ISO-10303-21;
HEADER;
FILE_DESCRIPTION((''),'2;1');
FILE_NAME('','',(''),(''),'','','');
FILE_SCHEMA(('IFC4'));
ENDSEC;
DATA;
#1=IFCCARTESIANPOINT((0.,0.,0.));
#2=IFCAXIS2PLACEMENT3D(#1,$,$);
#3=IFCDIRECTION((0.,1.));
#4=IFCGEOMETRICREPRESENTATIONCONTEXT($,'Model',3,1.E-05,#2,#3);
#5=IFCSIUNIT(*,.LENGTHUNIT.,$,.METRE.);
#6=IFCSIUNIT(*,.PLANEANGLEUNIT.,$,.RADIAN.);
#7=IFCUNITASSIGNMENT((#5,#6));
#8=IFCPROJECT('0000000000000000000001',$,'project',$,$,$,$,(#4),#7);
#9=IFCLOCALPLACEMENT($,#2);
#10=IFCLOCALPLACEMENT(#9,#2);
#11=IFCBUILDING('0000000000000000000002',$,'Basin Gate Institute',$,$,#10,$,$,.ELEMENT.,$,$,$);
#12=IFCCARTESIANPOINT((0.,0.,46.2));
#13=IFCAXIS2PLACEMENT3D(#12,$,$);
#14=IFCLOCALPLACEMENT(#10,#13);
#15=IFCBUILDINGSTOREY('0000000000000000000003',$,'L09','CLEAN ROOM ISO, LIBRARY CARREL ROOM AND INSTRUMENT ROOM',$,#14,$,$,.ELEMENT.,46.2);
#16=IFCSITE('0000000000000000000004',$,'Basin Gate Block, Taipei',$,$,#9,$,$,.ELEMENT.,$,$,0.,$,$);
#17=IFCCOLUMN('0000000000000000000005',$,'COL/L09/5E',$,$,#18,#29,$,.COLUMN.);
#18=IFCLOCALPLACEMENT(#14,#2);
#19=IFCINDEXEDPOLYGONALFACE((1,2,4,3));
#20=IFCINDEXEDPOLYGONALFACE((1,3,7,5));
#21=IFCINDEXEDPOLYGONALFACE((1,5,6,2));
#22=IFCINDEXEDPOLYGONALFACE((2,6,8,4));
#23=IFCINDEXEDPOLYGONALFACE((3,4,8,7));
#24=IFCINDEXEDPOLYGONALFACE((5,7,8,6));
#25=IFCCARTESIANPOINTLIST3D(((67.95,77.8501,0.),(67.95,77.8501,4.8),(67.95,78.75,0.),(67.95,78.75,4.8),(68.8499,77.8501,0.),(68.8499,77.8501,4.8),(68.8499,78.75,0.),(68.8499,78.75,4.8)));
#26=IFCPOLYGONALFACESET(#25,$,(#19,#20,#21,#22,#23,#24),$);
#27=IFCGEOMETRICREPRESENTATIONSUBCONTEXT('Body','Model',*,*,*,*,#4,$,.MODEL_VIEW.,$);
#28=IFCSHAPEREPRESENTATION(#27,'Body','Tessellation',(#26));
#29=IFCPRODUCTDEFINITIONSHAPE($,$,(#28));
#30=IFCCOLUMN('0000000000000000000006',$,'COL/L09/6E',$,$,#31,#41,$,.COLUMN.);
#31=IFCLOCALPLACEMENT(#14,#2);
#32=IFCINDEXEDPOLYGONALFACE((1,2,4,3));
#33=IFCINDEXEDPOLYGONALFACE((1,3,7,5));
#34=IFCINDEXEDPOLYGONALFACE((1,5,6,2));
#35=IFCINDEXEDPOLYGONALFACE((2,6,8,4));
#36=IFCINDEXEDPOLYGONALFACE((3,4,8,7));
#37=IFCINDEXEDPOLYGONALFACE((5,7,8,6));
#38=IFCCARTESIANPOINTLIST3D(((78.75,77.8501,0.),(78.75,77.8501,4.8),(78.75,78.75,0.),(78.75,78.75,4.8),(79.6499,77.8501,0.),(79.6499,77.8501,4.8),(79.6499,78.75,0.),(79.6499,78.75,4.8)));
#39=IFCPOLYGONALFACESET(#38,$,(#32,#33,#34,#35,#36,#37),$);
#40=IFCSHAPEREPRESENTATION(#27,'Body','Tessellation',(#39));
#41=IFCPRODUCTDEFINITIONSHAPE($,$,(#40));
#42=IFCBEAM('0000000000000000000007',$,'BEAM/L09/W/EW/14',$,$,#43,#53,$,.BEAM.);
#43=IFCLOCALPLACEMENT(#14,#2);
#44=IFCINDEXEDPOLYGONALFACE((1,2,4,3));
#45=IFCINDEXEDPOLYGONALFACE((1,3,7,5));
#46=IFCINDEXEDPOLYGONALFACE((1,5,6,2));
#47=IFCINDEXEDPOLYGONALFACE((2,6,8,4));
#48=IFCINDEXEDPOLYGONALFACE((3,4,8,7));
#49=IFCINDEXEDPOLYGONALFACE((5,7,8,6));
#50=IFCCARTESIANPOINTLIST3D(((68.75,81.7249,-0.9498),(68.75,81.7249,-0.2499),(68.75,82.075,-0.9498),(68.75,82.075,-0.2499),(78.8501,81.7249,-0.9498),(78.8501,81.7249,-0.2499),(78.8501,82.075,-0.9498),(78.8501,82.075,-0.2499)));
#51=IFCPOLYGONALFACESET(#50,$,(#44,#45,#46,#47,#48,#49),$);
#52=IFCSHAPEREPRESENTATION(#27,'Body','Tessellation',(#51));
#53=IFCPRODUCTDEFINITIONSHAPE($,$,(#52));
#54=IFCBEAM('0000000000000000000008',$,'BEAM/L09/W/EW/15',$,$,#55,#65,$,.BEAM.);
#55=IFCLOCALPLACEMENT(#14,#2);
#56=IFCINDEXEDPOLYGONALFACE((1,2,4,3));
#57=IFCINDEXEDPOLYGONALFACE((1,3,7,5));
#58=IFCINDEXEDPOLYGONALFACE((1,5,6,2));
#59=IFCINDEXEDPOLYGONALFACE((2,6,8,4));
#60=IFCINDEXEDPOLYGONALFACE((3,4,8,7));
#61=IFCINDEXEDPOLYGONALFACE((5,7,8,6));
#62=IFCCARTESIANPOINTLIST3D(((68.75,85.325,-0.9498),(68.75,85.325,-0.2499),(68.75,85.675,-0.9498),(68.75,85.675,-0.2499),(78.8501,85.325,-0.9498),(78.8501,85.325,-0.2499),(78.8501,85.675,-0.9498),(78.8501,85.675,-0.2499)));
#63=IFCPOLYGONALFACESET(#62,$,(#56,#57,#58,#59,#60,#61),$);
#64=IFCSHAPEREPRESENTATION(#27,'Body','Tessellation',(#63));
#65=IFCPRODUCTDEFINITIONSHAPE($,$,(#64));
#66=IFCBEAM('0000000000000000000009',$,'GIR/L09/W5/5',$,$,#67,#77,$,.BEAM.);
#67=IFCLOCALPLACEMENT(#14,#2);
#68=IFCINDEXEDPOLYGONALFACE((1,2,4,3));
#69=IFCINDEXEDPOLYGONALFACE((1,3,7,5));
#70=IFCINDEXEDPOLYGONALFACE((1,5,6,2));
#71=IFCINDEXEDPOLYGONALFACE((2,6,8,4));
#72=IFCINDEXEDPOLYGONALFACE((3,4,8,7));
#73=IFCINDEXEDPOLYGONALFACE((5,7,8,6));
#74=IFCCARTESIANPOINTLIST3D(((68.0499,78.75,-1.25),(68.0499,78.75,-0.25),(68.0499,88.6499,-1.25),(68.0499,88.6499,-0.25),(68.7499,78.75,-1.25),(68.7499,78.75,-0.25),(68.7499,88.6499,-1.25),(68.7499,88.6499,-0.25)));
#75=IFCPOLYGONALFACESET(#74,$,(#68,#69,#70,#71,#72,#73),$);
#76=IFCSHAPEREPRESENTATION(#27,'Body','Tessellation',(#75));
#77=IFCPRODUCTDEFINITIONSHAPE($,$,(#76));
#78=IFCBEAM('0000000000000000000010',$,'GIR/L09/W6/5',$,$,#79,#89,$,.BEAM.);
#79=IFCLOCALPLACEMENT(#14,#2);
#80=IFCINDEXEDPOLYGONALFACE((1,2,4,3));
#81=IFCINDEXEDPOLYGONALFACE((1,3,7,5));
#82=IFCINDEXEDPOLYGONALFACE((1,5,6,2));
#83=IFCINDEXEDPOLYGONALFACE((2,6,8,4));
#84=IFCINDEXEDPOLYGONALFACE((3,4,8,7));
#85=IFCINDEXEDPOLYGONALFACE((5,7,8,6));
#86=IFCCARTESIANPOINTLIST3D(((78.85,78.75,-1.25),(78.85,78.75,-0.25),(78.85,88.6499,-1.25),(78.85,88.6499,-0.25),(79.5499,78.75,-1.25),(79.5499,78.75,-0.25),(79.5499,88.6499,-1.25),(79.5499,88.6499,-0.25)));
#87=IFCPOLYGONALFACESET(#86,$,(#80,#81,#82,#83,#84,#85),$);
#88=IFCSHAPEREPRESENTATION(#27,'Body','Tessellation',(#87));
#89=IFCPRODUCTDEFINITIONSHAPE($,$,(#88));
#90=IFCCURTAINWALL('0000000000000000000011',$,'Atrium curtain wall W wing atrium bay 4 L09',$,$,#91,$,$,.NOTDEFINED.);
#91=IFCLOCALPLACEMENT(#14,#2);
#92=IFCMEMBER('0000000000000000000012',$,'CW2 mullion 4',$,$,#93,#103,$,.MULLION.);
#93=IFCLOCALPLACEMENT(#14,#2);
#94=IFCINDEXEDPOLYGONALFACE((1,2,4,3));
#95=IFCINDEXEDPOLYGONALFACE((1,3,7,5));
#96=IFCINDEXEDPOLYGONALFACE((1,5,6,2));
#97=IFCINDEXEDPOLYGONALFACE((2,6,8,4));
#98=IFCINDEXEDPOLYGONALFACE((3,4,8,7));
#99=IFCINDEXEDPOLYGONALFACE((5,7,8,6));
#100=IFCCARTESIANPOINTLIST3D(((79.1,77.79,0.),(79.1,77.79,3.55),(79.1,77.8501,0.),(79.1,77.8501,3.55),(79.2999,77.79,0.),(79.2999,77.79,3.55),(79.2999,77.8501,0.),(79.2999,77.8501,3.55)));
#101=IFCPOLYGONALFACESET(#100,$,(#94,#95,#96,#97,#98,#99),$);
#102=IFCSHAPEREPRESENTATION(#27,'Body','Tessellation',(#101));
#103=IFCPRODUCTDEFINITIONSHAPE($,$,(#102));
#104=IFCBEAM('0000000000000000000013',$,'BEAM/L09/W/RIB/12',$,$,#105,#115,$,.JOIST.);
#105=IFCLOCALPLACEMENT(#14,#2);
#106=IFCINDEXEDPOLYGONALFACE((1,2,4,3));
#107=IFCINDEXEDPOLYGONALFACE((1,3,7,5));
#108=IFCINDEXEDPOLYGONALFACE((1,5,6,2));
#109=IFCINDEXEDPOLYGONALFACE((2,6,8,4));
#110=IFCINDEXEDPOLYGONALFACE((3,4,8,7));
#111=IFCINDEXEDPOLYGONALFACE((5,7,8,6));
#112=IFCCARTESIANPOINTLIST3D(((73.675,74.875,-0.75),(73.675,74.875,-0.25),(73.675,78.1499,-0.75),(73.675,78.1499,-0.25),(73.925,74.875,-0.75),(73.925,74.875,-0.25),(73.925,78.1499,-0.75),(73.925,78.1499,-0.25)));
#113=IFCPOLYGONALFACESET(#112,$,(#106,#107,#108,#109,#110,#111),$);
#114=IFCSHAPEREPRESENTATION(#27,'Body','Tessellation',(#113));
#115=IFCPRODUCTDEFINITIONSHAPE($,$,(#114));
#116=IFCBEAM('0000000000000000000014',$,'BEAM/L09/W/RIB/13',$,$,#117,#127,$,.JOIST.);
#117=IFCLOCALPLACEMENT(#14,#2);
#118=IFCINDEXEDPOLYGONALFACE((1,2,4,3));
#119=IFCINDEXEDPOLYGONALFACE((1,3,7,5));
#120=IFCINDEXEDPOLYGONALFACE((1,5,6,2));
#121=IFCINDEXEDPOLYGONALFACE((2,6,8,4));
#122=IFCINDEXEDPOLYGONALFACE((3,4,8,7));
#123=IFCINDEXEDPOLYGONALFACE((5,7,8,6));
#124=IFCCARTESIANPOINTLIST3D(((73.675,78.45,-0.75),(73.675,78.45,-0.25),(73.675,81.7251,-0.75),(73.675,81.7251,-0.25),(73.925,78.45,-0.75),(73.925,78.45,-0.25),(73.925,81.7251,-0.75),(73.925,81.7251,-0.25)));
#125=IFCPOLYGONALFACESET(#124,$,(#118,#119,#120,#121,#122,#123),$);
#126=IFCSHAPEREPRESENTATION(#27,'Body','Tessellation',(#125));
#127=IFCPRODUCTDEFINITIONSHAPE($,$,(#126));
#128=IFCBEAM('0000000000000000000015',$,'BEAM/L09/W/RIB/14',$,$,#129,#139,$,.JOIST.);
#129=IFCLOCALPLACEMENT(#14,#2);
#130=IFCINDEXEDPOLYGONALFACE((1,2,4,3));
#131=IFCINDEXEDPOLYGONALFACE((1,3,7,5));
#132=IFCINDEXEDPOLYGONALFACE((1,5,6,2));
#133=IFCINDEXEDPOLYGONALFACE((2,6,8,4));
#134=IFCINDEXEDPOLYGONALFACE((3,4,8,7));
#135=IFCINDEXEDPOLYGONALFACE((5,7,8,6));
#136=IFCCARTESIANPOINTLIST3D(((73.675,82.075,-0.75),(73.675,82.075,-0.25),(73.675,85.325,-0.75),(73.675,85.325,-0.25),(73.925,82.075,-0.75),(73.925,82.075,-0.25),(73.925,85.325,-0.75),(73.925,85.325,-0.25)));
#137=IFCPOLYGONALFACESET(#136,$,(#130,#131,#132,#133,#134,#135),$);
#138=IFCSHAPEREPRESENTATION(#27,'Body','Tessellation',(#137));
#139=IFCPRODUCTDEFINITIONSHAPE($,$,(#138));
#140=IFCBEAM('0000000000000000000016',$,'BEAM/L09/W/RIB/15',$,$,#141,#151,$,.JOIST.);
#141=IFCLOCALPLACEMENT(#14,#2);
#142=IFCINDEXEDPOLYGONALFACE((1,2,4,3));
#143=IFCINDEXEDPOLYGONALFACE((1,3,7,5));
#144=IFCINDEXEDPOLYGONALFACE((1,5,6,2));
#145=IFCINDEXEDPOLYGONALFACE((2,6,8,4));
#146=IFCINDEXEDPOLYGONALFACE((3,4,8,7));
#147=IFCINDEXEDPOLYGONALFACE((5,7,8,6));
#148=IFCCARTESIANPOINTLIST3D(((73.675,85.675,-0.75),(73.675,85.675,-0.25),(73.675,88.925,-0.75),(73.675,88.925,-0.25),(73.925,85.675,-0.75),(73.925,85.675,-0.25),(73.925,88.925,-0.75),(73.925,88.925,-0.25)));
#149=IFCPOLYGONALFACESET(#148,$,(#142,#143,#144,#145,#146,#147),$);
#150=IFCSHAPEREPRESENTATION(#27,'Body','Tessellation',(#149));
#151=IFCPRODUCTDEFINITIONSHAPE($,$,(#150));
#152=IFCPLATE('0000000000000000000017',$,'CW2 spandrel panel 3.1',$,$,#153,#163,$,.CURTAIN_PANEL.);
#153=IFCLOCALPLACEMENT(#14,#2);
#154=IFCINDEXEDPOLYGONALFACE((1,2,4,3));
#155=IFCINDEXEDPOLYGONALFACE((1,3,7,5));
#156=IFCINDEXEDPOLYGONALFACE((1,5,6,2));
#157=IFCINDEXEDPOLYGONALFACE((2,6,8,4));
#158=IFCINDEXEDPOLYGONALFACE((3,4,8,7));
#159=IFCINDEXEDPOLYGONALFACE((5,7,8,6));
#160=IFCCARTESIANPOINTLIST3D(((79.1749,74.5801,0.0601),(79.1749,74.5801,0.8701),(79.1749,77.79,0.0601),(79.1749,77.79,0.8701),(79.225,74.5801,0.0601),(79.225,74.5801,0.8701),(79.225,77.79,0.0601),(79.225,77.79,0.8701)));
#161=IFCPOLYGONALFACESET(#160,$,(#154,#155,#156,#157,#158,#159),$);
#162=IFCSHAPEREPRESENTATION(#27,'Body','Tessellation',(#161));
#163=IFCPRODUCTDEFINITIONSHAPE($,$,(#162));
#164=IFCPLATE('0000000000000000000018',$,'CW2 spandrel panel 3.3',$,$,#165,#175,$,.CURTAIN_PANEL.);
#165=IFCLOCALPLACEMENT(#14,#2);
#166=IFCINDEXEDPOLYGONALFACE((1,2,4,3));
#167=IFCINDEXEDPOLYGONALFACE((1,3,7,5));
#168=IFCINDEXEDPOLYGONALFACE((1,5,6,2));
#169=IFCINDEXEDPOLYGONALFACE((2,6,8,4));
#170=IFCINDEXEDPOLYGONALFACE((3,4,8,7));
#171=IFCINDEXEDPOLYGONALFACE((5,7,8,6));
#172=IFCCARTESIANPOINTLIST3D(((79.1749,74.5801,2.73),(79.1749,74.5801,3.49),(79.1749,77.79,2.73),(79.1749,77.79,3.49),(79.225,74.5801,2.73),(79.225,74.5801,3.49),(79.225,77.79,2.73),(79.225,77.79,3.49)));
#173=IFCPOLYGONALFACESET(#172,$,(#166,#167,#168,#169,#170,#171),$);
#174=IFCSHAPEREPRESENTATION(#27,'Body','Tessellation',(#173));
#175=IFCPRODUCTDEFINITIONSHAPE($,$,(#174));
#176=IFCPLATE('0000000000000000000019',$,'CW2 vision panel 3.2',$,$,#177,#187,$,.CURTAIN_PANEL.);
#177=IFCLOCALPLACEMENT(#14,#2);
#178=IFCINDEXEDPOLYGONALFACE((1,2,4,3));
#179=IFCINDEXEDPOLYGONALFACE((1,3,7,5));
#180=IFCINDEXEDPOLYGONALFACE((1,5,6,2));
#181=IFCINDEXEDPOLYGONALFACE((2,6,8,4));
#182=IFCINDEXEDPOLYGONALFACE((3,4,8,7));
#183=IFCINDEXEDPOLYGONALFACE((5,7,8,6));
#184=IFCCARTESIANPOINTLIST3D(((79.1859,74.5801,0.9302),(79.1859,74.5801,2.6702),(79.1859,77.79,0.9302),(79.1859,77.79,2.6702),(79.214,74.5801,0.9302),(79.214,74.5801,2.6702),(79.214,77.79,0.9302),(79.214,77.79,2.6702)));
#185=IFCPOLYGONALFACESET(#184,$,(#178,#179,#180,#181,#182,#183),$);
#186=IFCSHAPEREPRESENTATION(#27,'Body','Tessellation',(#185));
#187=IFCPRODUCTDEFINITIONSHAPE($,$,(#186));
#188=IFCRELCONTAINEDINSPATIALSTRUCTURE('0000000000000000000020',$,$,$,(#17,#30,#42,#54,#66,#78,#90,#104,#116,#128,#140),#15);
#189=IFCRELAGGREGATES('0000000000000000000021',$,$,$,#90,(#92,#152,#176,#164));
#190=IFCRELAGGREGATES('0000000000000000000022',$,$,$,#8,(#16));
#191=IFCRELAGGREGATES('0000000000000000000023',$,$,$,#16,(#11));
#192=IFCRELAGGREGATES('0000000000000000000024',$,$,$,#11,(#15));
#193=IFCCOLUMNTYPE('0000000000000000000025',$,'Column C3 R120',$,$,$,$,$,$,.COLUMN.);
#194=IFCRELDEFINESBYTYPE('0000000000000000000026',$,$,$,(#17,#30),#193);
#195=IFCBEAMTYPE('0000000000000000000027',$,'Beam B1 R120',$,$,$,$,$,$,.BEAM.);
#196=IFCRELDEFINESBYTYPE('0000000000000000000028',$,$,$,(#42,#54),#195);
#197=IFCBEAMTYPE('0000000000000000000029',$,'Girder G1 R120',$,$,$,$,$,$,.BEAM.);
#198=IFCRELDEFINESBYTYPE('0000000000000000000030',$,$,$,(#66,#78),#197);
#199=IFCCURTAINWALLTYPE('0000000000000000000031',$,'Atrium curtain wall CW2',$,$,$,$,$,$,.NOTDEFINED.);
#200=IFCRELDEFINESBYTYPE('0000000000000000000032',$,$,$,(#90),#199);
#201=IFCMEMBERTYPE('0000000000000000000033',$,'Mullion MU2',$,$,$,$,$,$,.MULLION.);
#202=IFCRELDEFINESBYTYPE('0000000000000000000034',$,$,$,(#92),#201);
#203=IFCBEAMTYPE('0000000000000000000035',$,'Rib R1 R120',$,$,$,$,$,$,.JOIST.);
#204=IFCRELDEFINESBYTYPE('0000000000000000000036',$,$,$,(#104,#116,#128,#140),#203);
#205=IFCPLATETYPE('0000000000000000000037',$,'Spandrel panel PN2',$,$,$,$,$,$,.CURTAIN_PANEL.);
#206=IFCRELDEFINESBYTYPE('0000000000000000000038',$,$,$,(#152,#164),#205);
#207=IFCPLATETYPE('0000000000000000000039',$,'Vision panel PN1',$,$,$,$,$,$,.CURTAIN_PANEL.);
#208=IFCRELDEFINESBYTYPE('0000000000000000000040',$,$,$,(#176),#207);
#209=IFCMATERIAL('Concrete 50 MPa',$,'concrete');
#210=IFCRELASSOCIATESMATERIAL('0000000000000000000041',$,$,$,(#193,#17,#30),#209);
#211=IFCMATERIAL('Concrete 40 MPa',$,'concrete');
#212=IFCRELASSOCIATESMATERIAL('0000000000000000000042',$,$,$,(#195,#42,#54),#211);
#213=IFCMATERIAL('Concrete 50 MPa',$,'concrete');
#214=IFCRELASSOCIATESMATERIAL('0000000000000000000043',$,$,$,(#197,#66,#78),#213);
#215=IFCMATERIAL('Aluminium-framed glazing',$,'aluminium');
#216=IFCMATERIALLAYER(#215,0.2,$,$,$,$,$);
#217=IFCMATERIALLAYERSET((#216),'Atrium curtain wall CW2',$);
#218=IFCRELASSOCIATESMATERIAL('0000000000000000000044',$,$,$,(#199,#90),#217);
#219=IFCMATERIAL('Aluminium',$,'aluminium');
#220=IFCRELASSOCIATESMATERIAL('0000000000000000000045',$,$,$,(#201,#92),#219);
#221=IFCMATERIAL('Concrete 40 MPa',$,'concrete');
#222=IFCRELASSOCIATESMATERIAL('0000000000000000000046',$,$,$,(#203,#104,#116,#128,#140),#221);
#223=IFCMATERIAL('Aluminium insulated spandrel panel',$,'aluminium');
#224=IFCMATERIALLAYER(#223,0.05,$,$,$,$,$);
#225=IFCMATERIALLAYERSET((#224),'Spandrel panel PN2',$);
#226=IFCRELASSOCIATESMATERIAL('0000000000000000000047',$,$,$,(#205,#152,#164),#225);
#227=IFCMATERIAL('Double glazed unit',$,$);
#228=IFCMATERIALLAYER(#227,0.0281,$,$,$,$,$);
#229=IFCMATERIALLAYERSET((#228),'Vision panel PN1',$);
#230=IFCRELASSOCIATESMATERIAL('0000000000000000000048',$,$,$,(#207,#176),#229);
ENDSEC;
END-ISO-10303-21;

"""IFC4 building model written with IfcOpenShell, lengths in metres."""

from ifc_helpers import new_model, si_unit, direction, frame, origin, origin_2d, place, context, subcontext, project, spatial, rectangle, extrude, material, layer, layer_set, material_profile, profile_set, type_object, element, aggregate, save


model = new_model("IFC4")

# Units and contexts
model_context = context("Model", 3, precision=1e-05, world=origin(), true_north=direction((0.0, 1.0)))
body_context = subcontext(model_context, "Body", "Model", "MODEL_VIEW")
ifc_project = project(units=[si_unit("LENGTHUNIT", "METRE"), si_unit("PLANEANGLEUNIT", "RADIAN")], contexts=[model_context])

# Site, building, storey
site_placement = place(None, origin())
site = spatial("IfcSite", under=ifc_project, at=site_placement, Name="Basin Gate Block, Taipei", CompositionType="ELEMENT", RefElevation=0.0)
building_placement = place(site_placement, origin())
building = spatial("IfcBuilding", under=site, at=building_placement, Name="Basin Gate Institute", CompositionType="ELEMENT")
storey_placement = place(building_placement, frame((0.0, 0.0, 46.2)))
storey = spatial("IfcBuildingStorey", under=building, at=storey_placement, Name="L09", Description="CLEAN ROOM ISO, LIBRARY CARREL ROOM AND INSTRUMENT ROOM", CompositionType="ELEMENT", Elevation=46.2)

# Columns
ifc_material_1 = material(Name="Concrete 50 MPa", Category="concrete")
ifc_material_profile_1 = material_profile(ifc_material_1, rectangle(XDim=0.8999, YDim=0.8999, at=origin_2d()), Name="Column C3 900 x 900")
ifc_profile_set_1 = profile_set([ifc_material_profile_1], Name="Concrete 50 MPa")
column_type = type_object("IfcColumnType", Name="Column C3 R120", PredefinedType="COLUMN", material=ifc_profile_set_1)
for number, where, z_axis, x_axis, name in (
    (1, (68.3999, 78.3, 0.0), (0.0, 0.0, 1.0), (1.0, 0.0, 0.0), "COL/L09/5E"),
    (2, (79.2, 78.3, 0.0), (0.0, 0.0, 1.0), (1.0, 0.0, 0.0), "COL/L09/6E"),
):
    element("IfcColumn", number, at=place(storey_placement, frame(where, z_axis=z_axis, x_axis=x_axis)), inside=storey, type_object=column_type, material=ifc_profile_set_1, Name=name, PredefinedType="COLUMN", context=body_context, shape_type="SweptSolid", body=[
        extrude(rectangle(XDim=0.8999, YDim=0.8999, at=origin_2d()), origin(), (0.0, 0.0, 1.0), 4.8),
    ])

# Beams
ifc_material_2 = material(Name="Concrete 40 MPa", Category="concrete")
ifc_material_profile_2 = material_profile(ifc_material_2, rectangle(XDim=0.3501, YDim=0.7, at=origin_2d()), Name="Beam B1 350 x 700")
ifc_profile_set_2 = profile_set([ifc_material_profile_2], Name="Concrete 40 MPa")
beam_type_1 = type_object("IfcBeamType", Name="Beam B1 R120", PredefinedType="BEAM", material=ifc_profile_set_2)
for number, where, z_axis, x_axis, name in (
    (3, (68.75, 81.8999, -0.5999), (1.0, 0.0, 0.0), (0.0, 1.0, 0.0), "BEAM/L09/W/EW/14"),
    (4, (68.75, 85.5, -0.5999), (1.0, 0.0, 0.0), (0.0, 1.0, 0.0), "BEAM/L09/W/EW/15"),
):
    element("IfcBeam", number, at=place(storey_placement, frame(where, z_axis=z_axis, x_axis=x_axis)), inside=storey, type_object=beam_type_1, material=ifc_profile_set_2, Name=name, PredefinedType="BEAM", context=body_context, shape_type="SweptSolid", body=[
        extrude(rectangle(XDim=0.3501, YDim=0.7, at=origin_2d()), origin(), (0.0, 0.0, 1.0), 10.1001),
    ])
ifc_material_3 = material(Name="Concrete 50 MPa", Category="concrete")
ifc_material_profile_3 = material_profile(ifc_material_3, rectangle(XDim=0.7, YDim=1.0, at=origin_2d()), Name="Girder G1 700 x 1000")
ifc_profile_set_3 = profile_set([ifc_material_profile_3], Name="Concrete 50 MPa")
beam_type_2 = type_object("IfcBeamType", Name="Girder G1 R120", PredefinedType="BEAM", material=ifc_profile_set_3)
for number, where, z_axis, x_axis, name in (
    (5, (68.3999, 78.75, -0.75), (0.0, 1.0, 0.0), (-1.0, 0.0, 0.0), "GIR/L09/W5/5"),
    (6, (79.2, 78.75, -0.75), (0.0, 1.0, 0.0), (-1.0, 0.0, 0.0), "GIR/L09/W6/5"),
):
    element("IfcBeam", number, at=place(storey_placement, frame(where, z_axis=z_axis, x_axis=x_axis)), inside=storey, type_object=beam_type_2, material=ifc_profile_set_3, Name=name, PredefinedType="BEAM", context=body_context, shape_type="SweptSolid", body=[
        extrude(rectangle(XDim=0.7, YDim=1.0, at=origin_2d()), origin(), (0.0, 0.0, 1.0), 9.8999),
    ])

# Curtain wall, member
ifc_material_4 = material(Name="Aluminium-framed glazing", Category="aluminium")
ifc_layer_1 = layer(ifc_material_4, 0.2)
ifc_layer_set_1 = layer_set([ifc_layer_1], Name="Atrium curtain wall CW2")
curtain_wall_type = type_object("IfcCurtainWallType", Name="Atrium curtain wall CW2", PredefinedType="NOTDEFINED", material=ifc_layer_set_1)
curtain_wall_placement = place(storey_placement, origin())
curtain_wall = element("IfcCurtainWall", 7, at=curtain_wall_placement, inside=storey, type_object=curtain_wall_type, material=ifc_layer_set_1, Name="Atrium curtain wall W wing atrium bay 4 L09", PredefinedType="NOTDEFINED")
ifc_material_5 = material(Name="Aluminium", Category="aluminium")
ifc_material_profile_4 = material_profile(ifc_material_5, rectangle(XDim=0.2, YDim=0.0601, at=origin_2d()), Name="Mullion MU2 200 x 60")
ifc_profile_set_4 = profile_set([ifc_material_profile_4], Name="Aluminium")
member_type = type_object("IfcMemberType", Name="Mullion MU2", PredefinedType="MULLION", material=ifc_profile_set_4)
member_placement = place(storey_placement, frame((79.2, 77.8201, 0.0), z_axis=(0.0, 0.0, 1.0), x_axis=(-1.0, 0.0, 0.0)))
member = element("IfcMember", 8, at=member_placement, type_object=member_type, material=ifc_profile_set_4, Name="CW2 mullion 4", PredefinedType="MULLION", context=body_context, shape_type="SweptSolid", body=[
    extrude(rectangle(XDim=0.2, YDim=0.0601, at=origin_2d()), origin(), (0.0, 0.0, 1.0), 3.55),
])

# Beams
ifc_material_6 = material(Name="Concrete 40 MPa", Category="concrete")
ifc_material_profile_5 = material_profile(ifc_material_6, rectangle(XDim=0.25, YDim=0.5, at=origin_2d()), Name="Rib R1 250 x 500")
ifc_profile_set_5 = profile_set([ifc_material_profile_5], Name="Concrete 40 MPa")
beam_type_3 = type_object("IfcBeamType", Name="Rib R1 R120", PredefinedType="JOIST", material=ifc_profile_set_5)
beam_1_placement = place(storey_placement, frame((73.8, 74.875, -0.5), z_axis=(0.0, 1.0, 0.0), x_axis=(-1.0, 0.0, 0.0)))
element("IfcBeam", 9, at=beam_1_placement, inside=storey, type_object=beam_type_3, material=ifc_profile_set_5, Name="BEAM/L09/W/RIB/12", PredefinedType="JOIST", context=body_context, shape_type="SweptSolid", body=[
    extrude(rectangle(XDim=0.25, YDim=0.5, at=origin_2d()), origin(), (0.0, 0.0, 1.0), 3.2749),
])
beam_2_placement = place(storey_placement, frame((73.8, 78.45, -0.5), z_axis=(0.0, 1.0, 0.0), x_axis=(-1.0, 0.0, 0.0)))
element("IfcBeam", 10, at=beam_2_placement, inside=storey, type_object=beam_type_3, material=ifc_profile_set_5, Name="BEAM/L09/W/RIB/13", PredefinedType="JOIST", context=body_context, shape_type="SweptSolid", body=[
    extrude(rectangle(XDim=0.25, YDim=0.5, at=origin_2d()), origin(), (0.0, 0.0, 1.0), 3.2751),
])
for number, where, z_axis, x_axis, name in (
    (11, (73.8, 82.075, -0.5), (0.0, 1.0, 0.0), (-1.0, 0.0, 0.0), "BEAM/L09/W/RIB/14"),
    (12, (73.8, 85.675, -0.5), (0.0, 1.0, 0.0), (-1.0, 0.0, 0.0), "BEAM/L09/W/RIB/15"),
):
    element("IfcBeam", number, at=place(storey_placement, frame(where, z_axis=z_axis, x_axis=x_axis)), inside=storey, type_object=beam_type_3, material=ifc_profile_set_5, Name=name, PredefinedType="JOIST", context=body_context, shape_type="SweptSolid", body=[
        extrude(rectangle(XDim=0.25, YDim=0.5, at=origin_2d()), origin(), (0.0, 0.0, 1.0), 3.25),
    ])

# Plates
ifc_material_7 = material(Name="Aluminium insulated spandrel panel", Category="aluminium")
ifc_layer_2 = layer(ifc_material_7, 0.05)
ifc_layer_set_2 = layer_set([ifc_layer_2], Name="Spandrel panel PN2")
plate_type_1 = type_object("IfcPlateType", Name="Spandrel panel PN2", PredefinedType="CURTAIN_PANEL", material=ifc_layer_set_2)
plate_1_placement = place(storey_placement, frame((79.2, 76.1851, 0.0601), z_axis=(0.0, 0.0, 1.0), x_axis=(0.0, 1.0, 0.0)))
plate_1 = element("IfcPlate", 13, at=plate_1_placement, type_object=plate_type_1, material=ifc_layer_set_2, Name="CW2 spandrel panel 3.1", PredefinedType="CURTAIN_PANEL", context=body_context, shape_type="SweptSolid", body=[
    extrude(rectangle(XDim=3.21, YDim=0.05, at=origin_2d()), origin(), (0.0, 0.0, 1.0), 0.8101),
])
plate_2_placement = place(storey_placement, frame((79.2, 76.1851, 2.73), z_axis=(0.0, 0.0, 1.0), x_axis=(0.0, 1.0, 0.0)))
plate_2 = element("IfcPlate", 14, at=plate_2_placement, type_object=plate_type_1, material=ifc_layer_set_2, Name="CW2 spandrel panel 3.3", PredefinedType="CURTAIN_PANEL", context=body_context, shape_type="SweptSolid", body=[
    extrude(rectangle(XDim=3.21, YDim=0.05, at=origin_2d()), origin(), (0.0, 0.0, 1.0), 0.76),
])
ifc_material_8 = material(Name="Double glazed unit")
ifc_layer_3 = layer(ifc_material_8, 0.0281)
ifc_layer_set_3 = layer_set([ifc_layer_3], Name="Vision panel PN1")
plate_type_2 = type_object("IfcPlateType", Name="Vision panel PN1", PredefinedType="CURTAIN_PANEL", material=ifc_layer_set_3)
plate_3_placement = place(storey_placement, frame((79.2, 76.1851, 0.9302), z_axis=(0.0, 0.0, 1.0), x_axis=(0.0, 1.0, 0.0)))
plate_3 = element("IfcPlate", 15, at=plate_3_placement, type_object=plate_type_2, material=ifc_layer_set_3, Name="CW2 vision panel 3.2", PredefinedType="CURTAIN_PANEL", context=body_context, shape_type="SweptSolid", body=[
    extrude(rectangle(XDim=3.21, YDim=0.0281, at=origin_2d()), origin(), (0.0, 0.0, 1.0), 1.74),
])
aggregate(curtain_wall, [member, plate_1, plate_3, plate_2])

save(model, "model.ifc")
